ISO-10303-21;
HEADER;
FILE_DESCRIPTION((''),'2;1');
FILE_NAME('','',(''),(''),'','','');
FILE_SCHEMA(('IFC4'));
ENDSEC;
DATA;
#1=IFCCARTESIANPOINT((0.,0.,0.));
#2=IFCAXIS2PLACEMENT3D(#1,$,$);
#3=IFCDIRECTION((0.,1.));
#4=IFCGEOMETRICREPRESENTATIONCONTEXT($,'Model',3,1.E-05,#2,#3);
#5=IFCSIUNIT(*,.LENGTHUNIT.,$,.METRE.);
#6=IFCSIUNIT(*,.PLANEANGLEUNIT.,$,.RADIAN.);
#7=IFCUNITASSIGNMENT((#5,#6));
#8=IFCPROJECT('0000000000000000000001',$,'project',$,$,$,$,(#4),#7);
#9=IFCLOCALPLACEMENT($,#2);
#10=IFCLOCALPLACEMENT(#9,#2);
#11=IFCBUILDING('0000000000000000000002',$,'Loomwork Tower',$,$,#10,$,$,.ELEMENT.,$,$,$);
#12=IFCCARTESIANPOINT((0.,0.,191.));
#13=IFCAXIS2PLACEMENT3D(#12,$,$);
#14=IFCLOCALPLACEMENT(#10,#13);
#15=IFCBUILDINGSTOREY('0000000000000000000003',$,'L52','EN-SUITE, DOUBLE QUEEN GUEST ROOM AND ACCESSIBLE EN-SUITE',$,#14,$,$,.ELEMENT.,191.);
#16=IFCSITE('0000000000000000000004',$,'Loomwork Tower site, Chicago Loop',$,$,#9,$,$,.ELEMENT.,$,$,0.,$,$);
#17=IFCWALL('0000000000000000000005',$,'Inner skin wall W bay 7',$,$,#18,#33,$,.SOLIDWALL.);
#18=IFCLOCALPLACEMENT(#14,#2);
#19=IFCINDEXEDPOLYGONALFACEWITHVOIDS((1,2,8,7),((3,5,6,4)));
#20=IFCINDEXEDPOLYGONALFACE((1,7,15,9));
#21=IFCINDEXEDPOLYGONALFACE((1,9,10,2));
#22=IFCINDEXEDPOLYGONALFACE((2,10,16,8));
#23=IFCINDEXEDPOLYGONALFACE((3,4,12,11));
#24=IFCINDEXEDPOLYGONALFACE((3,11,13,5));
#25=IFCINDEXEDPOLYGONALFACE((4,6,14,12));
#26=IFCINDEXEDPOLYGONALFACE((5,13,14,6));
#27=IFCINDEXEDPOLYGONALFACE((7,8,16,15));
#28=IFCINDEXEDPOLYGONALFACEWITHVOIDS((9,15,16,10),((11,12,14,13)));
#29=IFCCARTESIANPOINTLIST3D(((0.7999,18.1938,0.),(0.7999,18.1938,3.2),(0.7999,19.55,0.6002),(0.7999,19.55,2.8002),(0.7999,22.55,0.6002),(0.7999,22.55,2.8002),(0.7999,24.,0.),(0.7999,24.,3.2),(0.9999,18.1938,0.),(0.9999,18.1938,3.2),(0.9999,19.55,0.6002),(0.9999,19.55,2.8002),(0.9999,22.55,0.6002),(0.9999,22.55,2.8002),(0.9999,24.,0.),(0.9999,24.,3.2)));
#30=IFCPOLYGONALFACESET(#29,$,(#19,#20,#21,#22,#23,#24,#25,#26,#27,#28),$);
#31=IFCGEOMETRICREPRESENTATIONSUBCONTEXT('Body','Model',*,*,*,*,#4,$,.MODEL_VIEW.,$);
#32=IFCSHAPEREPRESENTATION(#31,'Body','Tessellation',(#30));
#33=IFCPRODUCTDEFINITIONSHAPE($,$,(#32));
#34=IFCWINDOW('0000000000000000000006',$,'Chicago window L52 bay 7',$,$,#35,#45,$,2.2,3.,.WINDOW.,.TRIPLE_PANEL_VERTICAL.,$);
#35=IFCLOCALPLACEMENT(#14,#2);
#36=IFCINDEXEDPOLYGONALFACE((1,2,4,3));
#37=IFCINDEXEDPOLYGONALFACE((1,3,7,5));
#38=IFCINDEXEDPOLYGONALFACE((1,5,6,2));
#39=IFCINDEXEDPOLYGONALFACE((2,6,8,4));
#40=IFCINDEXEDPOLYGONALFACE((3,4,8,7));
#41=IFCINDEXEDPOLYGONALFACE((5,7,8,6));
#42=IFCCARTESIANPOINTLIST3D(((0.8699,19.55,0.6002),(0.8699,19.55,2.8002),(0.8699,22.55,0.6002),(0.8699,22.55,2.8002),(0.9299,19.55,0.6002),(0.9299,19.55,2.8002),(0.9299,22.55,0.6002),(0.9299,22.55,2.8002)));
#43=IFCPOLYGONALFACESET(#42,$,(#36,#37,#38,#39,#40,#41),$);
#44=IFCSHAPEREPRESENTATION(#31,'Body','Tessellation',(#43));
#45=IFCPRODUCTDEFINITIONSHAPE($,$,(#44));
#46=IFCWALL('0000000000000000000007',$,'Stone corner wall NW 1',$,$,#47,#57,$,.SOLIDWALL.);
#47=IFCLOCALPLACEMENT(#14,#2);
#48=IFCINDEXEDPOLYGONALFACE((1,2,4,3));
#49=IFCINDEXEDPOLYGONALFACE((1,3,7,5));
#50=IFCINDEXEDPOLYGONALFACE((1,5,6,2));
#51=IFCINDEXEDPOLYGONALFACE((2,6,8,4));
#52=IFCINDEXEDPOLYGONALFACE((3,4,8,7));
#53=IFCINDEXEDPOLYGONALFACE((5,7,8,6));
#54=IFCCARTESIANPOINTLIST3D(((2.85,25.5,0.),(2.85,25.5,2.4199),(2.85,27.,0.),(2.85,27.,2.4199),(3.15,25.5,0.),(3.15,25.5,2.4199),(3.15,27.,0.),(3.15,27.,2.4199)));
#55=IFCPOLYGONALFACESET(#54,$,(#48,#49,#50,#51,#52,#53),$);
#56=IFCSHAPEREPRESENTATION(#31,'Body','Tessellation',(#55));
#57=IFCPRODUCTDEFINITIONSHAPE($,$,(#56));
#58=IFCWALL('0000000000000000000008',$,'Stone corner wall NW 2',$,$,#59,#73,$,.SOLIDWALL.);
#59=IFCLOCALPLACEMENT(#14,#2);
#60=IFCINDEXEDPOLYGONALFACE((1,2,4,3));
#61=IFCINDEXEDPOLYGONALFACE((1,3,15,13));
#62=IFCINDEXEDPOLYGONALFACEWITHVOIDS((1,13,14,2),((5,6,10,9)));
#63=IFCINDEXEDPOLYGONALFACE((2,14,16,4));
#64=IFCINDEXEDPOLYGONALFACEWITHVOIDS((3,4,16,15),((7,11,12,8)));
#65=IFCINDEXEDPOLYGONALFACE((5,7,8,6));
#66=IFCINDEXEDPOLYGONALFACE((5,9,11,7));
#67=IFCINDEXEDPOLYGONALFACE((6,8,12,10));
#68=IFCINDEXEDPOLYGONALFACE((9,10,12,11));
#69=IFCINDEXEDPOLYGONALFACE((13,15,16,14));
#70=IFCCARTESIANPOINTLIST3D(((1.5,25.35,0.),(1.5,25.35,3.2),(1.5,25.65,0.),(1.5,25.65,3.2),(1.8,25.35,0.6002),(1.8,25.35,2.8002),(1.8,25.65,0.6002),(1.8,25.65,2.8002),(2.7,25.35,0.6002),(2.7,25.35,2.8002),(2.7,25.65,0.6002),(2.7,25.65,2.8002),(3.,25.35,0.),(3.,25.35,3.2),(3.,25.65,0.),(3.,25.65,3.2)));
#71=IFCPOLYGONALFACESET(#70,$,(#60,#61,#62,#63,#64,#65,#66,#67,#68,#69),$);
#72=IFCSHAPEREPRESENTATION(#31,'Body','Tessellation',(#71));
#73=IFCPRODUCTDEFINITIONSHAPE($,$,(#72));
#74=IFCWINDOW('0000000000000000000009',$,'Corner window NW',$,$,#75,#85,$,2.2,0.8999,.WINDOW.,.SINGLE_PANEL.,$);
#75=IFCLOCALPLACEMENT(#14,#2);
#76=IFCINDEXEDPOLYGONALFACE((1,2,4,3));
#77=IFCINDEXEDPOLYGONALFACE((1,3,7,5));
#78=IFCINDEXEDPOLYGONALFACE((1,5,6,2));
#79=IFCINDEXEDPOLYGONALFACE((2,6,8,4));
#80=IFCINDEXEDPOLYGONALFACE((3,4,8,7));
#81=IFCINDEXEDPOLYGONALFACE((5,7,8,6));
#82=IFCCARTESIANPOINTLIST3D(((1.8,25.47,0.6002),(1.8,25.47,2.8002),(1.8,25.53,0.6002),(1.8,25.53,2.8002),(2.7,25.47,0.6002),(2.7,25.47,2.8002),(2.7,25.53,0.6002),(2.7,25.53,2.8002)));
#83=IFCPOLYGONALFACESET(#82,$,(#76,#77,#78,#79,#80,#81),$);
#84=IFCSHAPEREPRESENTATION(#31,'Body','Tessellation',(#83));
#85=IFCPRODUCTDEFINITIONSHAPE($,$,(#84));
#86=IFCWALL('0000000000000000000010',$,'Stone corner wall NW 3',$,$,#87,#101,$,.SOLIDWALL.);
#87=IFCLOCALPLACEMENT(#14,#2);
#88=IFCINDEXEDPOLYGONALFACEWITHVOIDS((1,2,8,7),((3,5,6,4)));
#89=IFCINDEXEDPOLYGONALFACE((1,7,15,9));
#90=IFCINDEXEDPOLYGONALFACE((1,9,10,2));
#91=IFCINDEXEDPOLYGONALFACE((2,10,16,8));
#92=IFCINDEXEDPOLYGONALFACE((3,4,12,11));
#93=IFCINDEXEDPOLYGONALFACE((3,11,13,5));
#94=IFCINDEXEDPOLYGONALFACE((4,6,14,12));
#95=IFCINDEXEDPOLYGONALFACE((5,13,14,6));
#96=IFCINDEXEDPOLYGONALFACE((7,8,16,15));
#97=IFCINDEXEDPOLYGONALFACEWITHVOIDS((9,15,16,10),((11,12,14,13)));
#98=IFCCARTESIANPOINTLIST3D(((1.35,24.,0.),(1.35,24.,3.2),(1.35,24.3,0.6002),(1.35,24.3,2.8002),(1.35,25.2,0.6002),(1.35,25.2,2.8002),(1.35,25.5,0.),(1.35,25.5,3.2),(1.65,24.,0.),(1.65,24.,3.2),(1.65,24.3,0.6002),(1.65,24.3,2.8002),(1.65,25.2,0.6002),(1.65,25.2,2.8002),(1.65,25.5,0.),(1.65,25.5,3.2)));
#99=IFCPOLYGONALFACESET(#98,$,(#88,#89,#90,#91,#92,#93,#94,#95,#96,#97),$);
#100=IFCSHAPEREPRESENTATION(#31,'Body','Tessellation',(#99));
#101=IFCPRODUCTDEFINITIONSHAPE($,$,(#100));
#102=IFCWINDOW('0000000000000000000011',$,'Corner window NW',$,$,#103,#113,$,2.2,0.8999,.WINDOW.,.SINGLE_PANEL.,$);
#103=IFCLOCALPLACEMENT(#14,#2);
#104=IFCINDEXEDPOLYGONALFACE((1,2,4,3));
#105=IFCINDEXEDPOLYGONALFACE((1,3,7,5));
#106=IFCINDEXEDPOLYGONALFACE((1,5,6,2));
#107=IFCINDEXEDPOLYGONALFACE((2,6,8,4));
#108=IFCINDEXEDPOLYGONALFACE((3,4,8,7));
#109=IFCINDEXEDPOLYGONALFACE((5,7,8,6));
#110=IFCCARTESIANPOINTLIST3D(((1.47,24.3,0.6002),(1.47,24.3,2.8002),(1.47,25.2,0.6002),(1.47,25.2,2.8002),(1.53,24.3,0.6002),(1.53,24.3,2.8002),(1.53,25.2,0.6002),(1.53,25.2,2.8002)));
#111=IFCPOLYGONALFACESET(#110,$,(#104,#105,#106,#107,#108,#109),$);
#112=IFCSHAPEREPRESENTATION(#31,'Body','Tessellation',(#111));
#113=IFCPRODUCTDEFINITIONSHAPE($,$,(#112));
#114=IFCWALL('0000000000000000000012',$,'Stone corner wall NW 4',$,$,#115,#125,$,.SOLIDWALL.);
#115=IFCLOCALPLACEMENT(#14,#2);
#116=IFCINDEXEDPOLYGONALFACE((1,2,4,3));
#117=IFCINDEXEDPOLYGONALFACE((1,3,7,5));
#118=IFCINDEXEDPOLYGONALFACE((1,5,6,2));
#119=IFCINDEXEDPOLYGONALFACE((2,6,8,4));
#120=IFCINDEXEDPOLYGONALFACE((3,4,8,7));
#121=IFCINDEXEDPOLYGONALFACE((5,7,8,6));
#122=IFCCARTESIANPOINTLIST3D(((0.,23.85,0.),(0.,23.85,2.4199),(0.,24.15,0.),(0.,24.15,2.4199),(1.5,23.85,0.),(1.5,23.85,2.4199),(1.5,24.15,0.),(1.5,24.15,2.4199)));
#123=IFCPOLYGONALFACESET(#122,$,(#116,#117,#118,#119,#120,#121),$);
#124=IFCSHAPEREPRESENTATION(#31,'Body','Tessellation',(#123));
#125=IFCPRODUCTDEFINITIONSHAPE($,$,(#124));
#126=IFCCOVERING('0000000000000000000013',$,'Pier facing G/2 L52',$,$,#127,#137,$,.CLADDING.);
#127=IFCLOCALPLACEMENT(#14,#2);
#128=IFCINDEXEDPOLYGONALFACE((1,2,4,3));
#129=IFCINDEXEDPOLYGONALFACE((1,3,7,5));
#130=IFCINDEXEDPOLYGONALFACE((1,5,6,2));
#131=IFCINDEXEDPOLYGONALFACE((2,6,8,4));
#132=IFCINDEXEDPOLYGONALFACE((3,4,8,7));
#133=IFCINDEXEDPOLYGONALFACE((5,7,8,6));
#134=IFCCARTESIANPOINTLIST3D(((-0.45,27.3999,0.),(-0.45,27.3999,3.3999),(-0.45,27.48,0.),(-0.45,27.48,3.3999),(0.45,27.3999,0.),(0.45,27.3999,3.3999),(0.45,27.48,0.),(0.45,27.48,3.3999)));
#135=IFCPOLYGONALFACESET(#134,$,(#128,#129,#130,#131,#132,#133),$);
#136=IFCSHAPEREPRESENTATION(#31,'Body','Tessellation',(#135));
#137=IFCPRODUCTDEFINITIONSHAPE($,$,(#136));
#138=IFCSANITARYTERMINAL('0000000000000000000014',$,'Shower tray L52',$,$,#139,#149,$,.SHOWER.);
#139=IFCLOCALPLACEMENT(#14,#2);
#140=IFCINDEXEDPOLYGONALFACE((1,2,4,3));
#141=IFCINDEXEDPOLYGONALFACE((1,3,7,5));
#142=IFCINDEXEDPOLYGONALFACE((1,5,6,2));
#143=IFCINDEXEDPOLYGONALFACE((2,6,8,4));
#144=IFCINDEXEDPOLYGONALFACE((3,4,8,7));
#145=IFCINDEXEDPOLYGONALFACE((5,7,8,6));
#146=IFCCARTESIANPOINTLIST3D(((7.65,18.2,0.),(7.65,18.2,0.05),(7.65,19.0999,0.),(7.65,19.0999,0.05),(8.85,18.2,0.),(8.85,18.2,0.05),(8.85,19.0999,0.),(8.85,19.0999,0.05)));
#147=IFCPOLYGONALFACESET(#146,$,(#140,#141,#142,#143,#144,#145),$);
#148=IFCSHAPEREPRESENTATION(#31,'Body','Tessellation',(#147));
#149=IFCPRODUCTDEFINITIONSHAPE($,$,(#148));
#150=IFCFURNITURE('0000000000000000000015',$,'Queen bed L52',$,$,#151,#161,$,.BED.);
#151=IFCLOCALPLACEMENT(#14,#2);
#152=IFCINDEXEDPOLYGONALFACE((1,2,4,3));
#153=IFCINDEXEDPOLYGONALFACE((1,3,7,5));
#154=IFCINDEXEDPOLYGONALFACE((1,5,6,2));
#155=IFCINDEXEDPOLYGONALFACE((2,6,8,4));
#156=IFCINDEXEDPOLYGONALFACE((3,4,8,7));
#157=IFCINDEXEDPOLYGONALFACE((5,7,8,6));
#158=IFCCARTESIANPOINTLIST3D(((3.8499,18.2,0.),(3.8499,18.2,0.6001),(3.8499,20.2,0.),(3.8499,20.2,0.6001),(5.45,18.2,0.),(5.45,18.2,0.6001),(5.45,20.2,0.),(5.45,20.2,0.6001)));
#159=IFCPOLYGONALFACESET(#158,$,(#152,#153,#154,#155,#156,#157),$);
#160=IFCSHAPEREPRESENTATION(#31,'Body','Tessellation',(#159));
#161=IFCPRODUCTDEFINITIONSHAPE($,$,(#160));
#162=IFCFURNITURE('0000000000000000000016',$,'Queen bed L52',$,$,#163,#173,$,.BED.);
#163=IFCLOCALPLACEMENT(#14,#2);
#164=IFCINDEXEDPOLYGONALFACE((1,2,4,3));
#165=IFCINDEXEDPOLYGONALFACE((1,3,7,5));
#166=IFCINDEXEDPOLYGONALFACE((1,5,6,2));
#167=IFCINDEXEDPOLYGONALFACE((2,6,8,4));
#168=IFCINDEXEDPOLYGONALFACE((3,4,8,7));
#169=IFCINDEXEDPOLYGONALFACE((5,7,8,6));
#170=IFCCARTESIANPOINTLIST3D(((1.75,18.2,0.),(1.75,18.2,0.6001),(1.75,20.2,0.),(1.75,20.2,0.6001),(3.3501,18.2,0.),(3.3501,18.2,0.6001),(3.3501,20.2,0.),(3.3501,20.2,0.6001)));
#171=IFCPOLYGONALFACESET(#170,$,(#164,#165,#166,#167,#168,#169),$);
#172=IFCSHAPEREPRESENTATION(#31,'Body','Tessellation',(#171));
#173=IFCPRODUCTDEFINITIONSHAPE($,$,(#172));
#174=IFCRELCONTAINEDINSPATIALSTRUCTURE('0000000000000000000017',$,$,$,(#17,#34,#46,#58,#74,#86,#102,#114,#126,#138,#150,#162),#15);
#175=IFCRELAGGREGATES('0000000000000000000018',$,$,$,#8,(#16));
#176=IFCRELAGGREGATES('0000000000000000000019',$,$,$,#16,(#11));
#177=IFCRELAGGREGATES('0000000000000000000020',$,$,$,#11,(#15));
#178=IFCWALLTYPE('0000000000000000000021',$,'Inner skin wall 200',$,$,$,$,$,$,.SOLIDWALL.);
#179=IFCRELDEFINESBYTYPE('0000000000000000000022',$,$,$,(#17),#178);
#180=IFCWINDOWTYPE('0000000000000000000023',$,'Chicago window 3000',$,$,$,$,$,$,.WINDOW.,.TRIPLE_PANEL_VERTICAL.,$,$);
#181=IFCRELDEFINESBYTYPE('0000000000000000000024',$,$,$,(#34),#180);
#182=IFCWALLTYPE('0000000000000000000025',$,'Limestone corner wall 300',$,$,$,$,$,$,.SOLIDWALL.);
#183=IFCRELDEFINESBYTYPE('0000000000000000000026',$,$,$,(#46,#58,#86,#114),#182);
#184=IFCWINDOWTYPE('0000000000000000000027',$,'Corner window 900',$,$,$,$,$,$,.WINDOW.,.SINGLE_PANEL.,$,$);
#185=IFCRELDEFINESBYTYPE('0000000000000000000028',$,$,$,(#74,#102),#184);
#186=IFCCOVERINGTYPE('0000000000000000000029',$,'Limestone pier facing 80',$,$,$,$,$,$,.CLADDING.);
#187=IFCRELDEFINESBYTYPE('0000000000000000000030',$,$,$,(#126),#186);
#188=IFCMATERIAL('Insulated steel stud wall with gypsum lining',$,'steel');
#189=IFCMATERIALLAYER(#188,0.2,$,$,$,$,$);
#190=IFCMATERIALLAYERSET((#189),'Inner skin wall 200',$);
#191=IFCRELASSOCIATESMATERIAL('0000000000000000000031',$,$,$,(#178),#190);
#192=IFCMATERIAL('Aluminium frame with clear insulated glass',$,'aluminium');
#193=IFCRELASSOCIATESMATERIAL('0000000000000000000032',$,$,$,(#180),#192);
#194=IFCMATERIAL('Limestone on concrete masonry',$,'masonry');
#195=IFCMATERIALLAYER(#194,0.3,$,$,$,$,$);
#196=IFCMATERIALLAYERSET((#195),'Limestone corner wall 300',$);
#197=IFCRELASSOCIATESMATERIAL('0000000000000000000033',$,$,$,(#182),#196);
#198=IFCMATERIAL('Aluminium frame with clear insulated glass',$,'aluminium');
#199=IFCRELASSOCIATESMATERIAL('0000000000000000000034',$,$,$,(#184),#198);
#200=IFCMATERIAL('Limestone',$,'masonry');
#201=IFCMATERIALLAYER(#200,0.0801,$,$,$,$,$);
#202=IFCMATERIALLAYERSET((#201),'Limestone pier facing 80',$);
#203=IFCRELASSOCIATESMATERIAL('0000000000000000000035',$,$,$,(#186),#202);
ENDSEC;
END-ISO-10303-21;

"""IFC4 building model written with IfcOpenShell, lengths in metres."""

from ifc_helpers import new_model, si_unit, direction, frame, frame_2d, origin, origin_2d, place, context, subcontext, project, spatial, rectangle, extrude, material, layer, layer_set, type_object, element, fill, save


model = new_model("IFC4")

# Units and contexts
model_context = context("Model", 3, precision=1e-05, world=origin(), true_north=direction((0.0, 1.0)))
body_context = subcontext(model_context, "Body", "Model", "MODEL_VIEW")
ifc_project = project(units=[si_unit("LENGTHUNIT", "METRE"), si_unit("PLANEANGLEUNIT", "RADIAN")], contexts=[model_context])

# Site, building, storey
site_placement = place(None, origin())
site = spatial("IfcSite", under=ifc_project, at=site_placement, Name="Loomwork Tower site, Chicago Loop", CompositionType="ELEMENT", RefElevation=0.0)
building_placement = place(site_placement, origin())
building = spatial("IfcBuilding", under=site, at=building_placement, Name="Loomwork Tower", CompositionType="ELEMENT")
storey_placement = place(building_placement, frame((0.0, 0.0, 191.0)))
storey = spatial("IfcBuildingStorey", under=building, at=storey_placement, Name="L52", Description="EN-SUITE, DOUBLE QUEEN GUEST ROOM AND ACCESSIBLE EN-SUITE", CompositionType="ELEMENT", Elevation=191.0)

# Wall, opening, window
ifc_material_1 = material(Name="Insulated steel stud wall with gypsum lining", Category="steel")
ifc_layer_1 = layer(ifc_material_1, 0.2)
ifc_layer_set_1 = layer_set([ifc_layer_1], Name="Inner skin wall 200")
wall_type_1 = type_object("IfcWallType", Name="Inner skin wall 200", PredefinedType="SOLIDWALL", material=ifc_layer_set_1)
wall_1_placement = place(storey_placement, frame((0.8999, 18.1938, 0.0), z_axis=(0.0, 0.0, 1.0), x_axis=(0.0, 1.0, 0.0)))
wall_1 = element("IfcWall", 1, at=wall_1_placement, inside=storey, type_object=wall_type_1, Name="Inner skin wall W bay 7", PredefinedType="SOLIDWALL", context=body_context, shape_type="SweptSolid", body=[
    extrude(rectangle(XDim=5.8062, YDim=0.2, at=frame_2d((2.9031, 0.0))), origin(), (0.0, 0.0, 1.0), 3.2),
])
opening_1_placement = place(wall_1_placement, frame((1.3562, 0.0, 0.6001)))
opening_1 = element("IfcOpeningElement", 2, at=opening_1_placement, cuts=wall_1, PredefinedType="OPENING", context=body_context, shape_type="SweptSolid", body=[
    extrude(rectangle(XDim=3.0, YDim=2.2, at=frame_2d((1.5, 1.1001))), frame((0.0, 0.1099, 0.0), z_axis=(0.0, -1.0, 0.0), x_axis=(1.0, 0.0, 0.0)), (0.0, 0.0, 1.0), 0.22),
])
ifc_material_2 = material(Name="Aluminium frame with clear insulated glass", Category="aluminium")
window_type_1 = type_object("IfcWindowType", Name="Chicago window 3000", PartitioningType="TRIPLE_PANEL_VERTICAL", PredefinedType="WINDOW", material=ifc_material_2)
window_1_placement = place(opening_1_placement, origin())
window_1 = element("IfcWindow", 3, at=window_1_placement, inside=storey, type_object=window_type_1, Name="Chicago window L52 bay 7", OverallHeight=2.2, OverallWidth=3.0, PartitioningType="TRIPLE_PANEL_VERTICAL", PredefinedType="WINDOW", context=body_context, shape_type="SweptSolid", body=[
    extrude(rectangle(XDim=3.0, YDim=2.2, at=frame_2d((1.5, 1.1001))), frame((0.0, 0.03, 0.0), z_axis=(0.0, -1.0, 0.0), x_axis=(1.0, 0.0, 0.0)), (0.0, 0.0, 1.0), 0.0601),
])
fill(opening_1, window_1)

# Wall
ifc_material_3 = material(Name="Limestone on concrete masonry", Category="masonry")
ifc_layer_2 = layer(ifc_material_3, 0.3)
ifc_layer_set_2 = layer_set([ifc_layer_2], Name="Limestone corner wall 300")
wall_type_2 = type_object("IfcWallType", Name="Limestone corner wall 300", PredefinedType="SOLIDWALL", material=ifc_layer_set_2)
wall_2_placement = place(storey_placement, frame((3.0, 27.0, 0.0), z_axis=(0.0, 0.0, 1.0), x_axis=(0.0, -1.0, 0.0)))
element("IfcWall", 4, at=wall_2_placement, inside=storey, type_object=wall_type_2, Name="Stone corner wall NW 1", PredefinedType="SOLIDWALL", context=body_context, shape_type="SweptSolid", body=[
    extrude(rectangle(XDim=1.5, YDim=0.3, at=frame_2d((0.75, 0.0))), origin(), (0.0, 0.0, 1.0), 2.4199),
])

# Walls, openings, windows
wall_3_placement = place(storey_placement, frame((3.0, 25.5, 0.0), z_axis=(0.0, 0.0, 1.0), x_axis=(-1.0, 0.0, 0.0)))
wall_3 = element("IfcWall", 5, at=wall_3_placement, inside=storey, type_object=wall_type_2, Name="Stone corner wall NW 2", PredefinedType="SOLIDWALL", context=body_context, shape_type="SweptSolid", body=[
    extrude(rectangle(XDim=1.5, YDim=0.3, at=frame_2d((0.75, 0.0))), origin(), (0.0, 0.0, 1.0), 3.2),
])
opening_2_placement = place(wall_3_placement, frame((0.3, 0.0, 0.6001)))
opening_2 = element("IfcOpeningElement", 6, at=opening_2_placement, cuts=wall_3, PredefinedType="OPENING", context=body_context, shape_type="SweptSolid", body=[
    extrude(rectangle(XDim=0.8999, YDim=2.2, at=frame_2d((0.45, 1.1001))), frame((0.0, 0.1599, 0.0), z_axis=(0.0, -1.0, 0.0), x_axis=(1.0, 0.0, 0.0)), (0.0, 0.0, 1.0), 0.3201),
])
ifc_material_4 = material(Name="Aluminium frame with clear insulated glass", Category="aluminium")
window_type_2 = type_object("IfcWindowType", Name="Corner window 900", PartitioningType="SINGLE_PANEL", PredefinedType="WINDOW", material=ifc_material_4)
window_2_placement = place(opening_2_placement, origin())
window_2 = element("IfcWindow", 7, at=window_2_placement, inside=storey, type_object=window_type_2, Name="Corner window NW", OverallHeight=2.2, OverallWidth=0.8999, PartitioningType="SINGLE_PANEL", PredefinedType="WINDOW", context=body_context, shape_type="SweptSolid", body=[
    extrude(rectangle(XDim=0.8999, YDim=2.2, at=frame_2d((0.45, 1.1001))), frame((0.0, 0.03, 0.0), z_axis=(0.0, -1.0, 0.0), x_axis=(1.0, 0.0, 0.0)), (0.0, 0.0, 1.0), 0.0601),
])
fill(opening_2, window_2)
wall_4_placement = place(storey_placement, frame((1.5, 25.5, 0.0), z_axis=(0.0, 0.0, 1.0), x_axis=(0.0, -1.0, 0.0)))
wall_4 = element("IfcWall", 8, at=wall_4_placement, inside=storey, type_object=wall_type_2, Name="Stone corner wall NW 3", PredefinedType="SOLIDWALL", context=body_context, shape_type="SweptSolid", body=[
    extrude(rectangle(XDim=1.5, YDim=0.3, at=frame_2d((0.75, 0.0))), origin(), (0.0, 0.0, 1.0), 3.2),
])
opening_3_placement = place(wall_4_placement, frame((0.3, 0.0, 0.6001)))
opening_3 = element("IfcOpeningElement", 9, at=opening_3_placement, cuts=wall_4, PredefinedType="OPENING", context=body_context, shape_type="SweptSolid", body=[
    extrude(rectangle(XDim=0.8999, YDim=2.2, at=frame_2d((0.45, 1.1001))), frame((0.0, 0.1599, 0.0), z_axis=(0.0, -1.0, 0.0), x_axis=(1.0, 0.0, 0.0)), (0.0, 0.0, 1.0), 0.3201),
])
window_3_placement = place(opening_3_placement, origin())
window_3 = element("IfcWindow", 10, at=window_3_placement, inside=storey, type_object=window_type_2, Name="Corner window NW", OverallHeight=2.2, OverallWidth=0.8999, PartitioningType="SINGLE_PANEL", PredefinedType="WINDOW", context=body_context, shape_type="SweptSolid", body=[
    extrude(rectangle(XDim=0.8999, YDim=2.2, at=frame_2d((0.45, 1.1001))), frame((0.0, 0.03, 0.0), z_axis=(0.0, -1.0, 0.0), x_axis=(1.0, 0.0, 0.0)), (0.0, 0.0, 1.0), 0.0601),
])
fill(opening_3, window_3)

# Wall
wall_5_placement = place(storey_placement, frame((1.5, 24.0, 0.0), z_axis=(0.0, 0.0, 1.0), x_axis=(-1.0, 0.0, 0.0)))
element("IfcWall", 11, at=wall_5_placement, inside=storey, type_object=wall_type_2, Name="Stone corner wall NW 4", PredefinedType="SOLIDWALL", context=body_context, shape_type="SweptSolid", body=[
    extrude(rectangle(XDim=1.5, YDim=0.3, at=frame_2d((0.75, 0.0))), origin(), (0.0, 0.0, 1.0), 2.4199),
])

# Covering
ifc_material_5 = material(Name="Limestone", Category="masonry")
ifc_layer_3 = layer(ifc_material_5, 0.0801)
ifc_layer_set_3 = layer_set([ifc_layer_3], Name="Limestone pier facing 80")
covering_type = type_object("IfcCoveringType", Name="Limestone pier facing 80", PredefinedType="CLADDING", material=ifc_layer_set_3)
covering_placement = place(storey_placement, frame((0.0, 27.4399, 0.0), z_axis=(0.0, 0.0, 1.0), x_axis=(1.0, 0.0, 0.0)))
element("IfcCovering", 12, at=covering_placement, inside=storey, type_object=covering_type, Name="Pier facing G/2 L52", PredefinedType="CLADDING", context=body_context, shape_type="SweptSolid", body=[
    extrude(rectangle(XDim=0.8999, YDim=0.0801, at=origin_2d()), origin(), (0.0, 0.0, 1.0), 3.3999),
])

# Sanitary terminal
sanitary_terminal_placement = place(storey_placement, frame((8.25, 18.6499, 0.0), z_axis=(0.0, 0.0, 1.0), x_axis=(1.0, 0.0, 0.0)))
element("IfcSanitaryTerminal", 13, at=sanitary_terminal_placement, inside=storey, Name="Shower tray L52", PredefinedType="SHOWER", context=body_context, shape_type="SweptSolid", body=[
    extrude(rectangle(XDim=1.2, YDim=0.8999, at=origin_2d()), origin(), (0.0, 0.0, 1.0), 0.05),
])

# Furniture
for number, where, z_axis, x_axis, name in (
    (14, (4.6499, 19.2, 0.0), (0.0, 0.0, 1.0), (1.0, 0.0, 0.0), "Queen bed L52"),
    (15, (2.55, 19.2, 0.0), (0.0, 0.0, 1.0), (1.0, 0.0, 0.0), "Queen bed L52"),
):
    element("IfcFurniture", number, at=place(storey_placement, frame(where, z_axis=z_axis, x_axis=x_axis)), inside=storey, Name=name, PredefinedType="BED", context=body_context, shape_type="SweptSolid", body=[
        extrude(rectangle(XDim=1.6001, YDim=2.0, at=origin_2d()), origin(), (0.0, 0.0, 1.0), 0.6001),
    ])

save(model, "model.ifc")
